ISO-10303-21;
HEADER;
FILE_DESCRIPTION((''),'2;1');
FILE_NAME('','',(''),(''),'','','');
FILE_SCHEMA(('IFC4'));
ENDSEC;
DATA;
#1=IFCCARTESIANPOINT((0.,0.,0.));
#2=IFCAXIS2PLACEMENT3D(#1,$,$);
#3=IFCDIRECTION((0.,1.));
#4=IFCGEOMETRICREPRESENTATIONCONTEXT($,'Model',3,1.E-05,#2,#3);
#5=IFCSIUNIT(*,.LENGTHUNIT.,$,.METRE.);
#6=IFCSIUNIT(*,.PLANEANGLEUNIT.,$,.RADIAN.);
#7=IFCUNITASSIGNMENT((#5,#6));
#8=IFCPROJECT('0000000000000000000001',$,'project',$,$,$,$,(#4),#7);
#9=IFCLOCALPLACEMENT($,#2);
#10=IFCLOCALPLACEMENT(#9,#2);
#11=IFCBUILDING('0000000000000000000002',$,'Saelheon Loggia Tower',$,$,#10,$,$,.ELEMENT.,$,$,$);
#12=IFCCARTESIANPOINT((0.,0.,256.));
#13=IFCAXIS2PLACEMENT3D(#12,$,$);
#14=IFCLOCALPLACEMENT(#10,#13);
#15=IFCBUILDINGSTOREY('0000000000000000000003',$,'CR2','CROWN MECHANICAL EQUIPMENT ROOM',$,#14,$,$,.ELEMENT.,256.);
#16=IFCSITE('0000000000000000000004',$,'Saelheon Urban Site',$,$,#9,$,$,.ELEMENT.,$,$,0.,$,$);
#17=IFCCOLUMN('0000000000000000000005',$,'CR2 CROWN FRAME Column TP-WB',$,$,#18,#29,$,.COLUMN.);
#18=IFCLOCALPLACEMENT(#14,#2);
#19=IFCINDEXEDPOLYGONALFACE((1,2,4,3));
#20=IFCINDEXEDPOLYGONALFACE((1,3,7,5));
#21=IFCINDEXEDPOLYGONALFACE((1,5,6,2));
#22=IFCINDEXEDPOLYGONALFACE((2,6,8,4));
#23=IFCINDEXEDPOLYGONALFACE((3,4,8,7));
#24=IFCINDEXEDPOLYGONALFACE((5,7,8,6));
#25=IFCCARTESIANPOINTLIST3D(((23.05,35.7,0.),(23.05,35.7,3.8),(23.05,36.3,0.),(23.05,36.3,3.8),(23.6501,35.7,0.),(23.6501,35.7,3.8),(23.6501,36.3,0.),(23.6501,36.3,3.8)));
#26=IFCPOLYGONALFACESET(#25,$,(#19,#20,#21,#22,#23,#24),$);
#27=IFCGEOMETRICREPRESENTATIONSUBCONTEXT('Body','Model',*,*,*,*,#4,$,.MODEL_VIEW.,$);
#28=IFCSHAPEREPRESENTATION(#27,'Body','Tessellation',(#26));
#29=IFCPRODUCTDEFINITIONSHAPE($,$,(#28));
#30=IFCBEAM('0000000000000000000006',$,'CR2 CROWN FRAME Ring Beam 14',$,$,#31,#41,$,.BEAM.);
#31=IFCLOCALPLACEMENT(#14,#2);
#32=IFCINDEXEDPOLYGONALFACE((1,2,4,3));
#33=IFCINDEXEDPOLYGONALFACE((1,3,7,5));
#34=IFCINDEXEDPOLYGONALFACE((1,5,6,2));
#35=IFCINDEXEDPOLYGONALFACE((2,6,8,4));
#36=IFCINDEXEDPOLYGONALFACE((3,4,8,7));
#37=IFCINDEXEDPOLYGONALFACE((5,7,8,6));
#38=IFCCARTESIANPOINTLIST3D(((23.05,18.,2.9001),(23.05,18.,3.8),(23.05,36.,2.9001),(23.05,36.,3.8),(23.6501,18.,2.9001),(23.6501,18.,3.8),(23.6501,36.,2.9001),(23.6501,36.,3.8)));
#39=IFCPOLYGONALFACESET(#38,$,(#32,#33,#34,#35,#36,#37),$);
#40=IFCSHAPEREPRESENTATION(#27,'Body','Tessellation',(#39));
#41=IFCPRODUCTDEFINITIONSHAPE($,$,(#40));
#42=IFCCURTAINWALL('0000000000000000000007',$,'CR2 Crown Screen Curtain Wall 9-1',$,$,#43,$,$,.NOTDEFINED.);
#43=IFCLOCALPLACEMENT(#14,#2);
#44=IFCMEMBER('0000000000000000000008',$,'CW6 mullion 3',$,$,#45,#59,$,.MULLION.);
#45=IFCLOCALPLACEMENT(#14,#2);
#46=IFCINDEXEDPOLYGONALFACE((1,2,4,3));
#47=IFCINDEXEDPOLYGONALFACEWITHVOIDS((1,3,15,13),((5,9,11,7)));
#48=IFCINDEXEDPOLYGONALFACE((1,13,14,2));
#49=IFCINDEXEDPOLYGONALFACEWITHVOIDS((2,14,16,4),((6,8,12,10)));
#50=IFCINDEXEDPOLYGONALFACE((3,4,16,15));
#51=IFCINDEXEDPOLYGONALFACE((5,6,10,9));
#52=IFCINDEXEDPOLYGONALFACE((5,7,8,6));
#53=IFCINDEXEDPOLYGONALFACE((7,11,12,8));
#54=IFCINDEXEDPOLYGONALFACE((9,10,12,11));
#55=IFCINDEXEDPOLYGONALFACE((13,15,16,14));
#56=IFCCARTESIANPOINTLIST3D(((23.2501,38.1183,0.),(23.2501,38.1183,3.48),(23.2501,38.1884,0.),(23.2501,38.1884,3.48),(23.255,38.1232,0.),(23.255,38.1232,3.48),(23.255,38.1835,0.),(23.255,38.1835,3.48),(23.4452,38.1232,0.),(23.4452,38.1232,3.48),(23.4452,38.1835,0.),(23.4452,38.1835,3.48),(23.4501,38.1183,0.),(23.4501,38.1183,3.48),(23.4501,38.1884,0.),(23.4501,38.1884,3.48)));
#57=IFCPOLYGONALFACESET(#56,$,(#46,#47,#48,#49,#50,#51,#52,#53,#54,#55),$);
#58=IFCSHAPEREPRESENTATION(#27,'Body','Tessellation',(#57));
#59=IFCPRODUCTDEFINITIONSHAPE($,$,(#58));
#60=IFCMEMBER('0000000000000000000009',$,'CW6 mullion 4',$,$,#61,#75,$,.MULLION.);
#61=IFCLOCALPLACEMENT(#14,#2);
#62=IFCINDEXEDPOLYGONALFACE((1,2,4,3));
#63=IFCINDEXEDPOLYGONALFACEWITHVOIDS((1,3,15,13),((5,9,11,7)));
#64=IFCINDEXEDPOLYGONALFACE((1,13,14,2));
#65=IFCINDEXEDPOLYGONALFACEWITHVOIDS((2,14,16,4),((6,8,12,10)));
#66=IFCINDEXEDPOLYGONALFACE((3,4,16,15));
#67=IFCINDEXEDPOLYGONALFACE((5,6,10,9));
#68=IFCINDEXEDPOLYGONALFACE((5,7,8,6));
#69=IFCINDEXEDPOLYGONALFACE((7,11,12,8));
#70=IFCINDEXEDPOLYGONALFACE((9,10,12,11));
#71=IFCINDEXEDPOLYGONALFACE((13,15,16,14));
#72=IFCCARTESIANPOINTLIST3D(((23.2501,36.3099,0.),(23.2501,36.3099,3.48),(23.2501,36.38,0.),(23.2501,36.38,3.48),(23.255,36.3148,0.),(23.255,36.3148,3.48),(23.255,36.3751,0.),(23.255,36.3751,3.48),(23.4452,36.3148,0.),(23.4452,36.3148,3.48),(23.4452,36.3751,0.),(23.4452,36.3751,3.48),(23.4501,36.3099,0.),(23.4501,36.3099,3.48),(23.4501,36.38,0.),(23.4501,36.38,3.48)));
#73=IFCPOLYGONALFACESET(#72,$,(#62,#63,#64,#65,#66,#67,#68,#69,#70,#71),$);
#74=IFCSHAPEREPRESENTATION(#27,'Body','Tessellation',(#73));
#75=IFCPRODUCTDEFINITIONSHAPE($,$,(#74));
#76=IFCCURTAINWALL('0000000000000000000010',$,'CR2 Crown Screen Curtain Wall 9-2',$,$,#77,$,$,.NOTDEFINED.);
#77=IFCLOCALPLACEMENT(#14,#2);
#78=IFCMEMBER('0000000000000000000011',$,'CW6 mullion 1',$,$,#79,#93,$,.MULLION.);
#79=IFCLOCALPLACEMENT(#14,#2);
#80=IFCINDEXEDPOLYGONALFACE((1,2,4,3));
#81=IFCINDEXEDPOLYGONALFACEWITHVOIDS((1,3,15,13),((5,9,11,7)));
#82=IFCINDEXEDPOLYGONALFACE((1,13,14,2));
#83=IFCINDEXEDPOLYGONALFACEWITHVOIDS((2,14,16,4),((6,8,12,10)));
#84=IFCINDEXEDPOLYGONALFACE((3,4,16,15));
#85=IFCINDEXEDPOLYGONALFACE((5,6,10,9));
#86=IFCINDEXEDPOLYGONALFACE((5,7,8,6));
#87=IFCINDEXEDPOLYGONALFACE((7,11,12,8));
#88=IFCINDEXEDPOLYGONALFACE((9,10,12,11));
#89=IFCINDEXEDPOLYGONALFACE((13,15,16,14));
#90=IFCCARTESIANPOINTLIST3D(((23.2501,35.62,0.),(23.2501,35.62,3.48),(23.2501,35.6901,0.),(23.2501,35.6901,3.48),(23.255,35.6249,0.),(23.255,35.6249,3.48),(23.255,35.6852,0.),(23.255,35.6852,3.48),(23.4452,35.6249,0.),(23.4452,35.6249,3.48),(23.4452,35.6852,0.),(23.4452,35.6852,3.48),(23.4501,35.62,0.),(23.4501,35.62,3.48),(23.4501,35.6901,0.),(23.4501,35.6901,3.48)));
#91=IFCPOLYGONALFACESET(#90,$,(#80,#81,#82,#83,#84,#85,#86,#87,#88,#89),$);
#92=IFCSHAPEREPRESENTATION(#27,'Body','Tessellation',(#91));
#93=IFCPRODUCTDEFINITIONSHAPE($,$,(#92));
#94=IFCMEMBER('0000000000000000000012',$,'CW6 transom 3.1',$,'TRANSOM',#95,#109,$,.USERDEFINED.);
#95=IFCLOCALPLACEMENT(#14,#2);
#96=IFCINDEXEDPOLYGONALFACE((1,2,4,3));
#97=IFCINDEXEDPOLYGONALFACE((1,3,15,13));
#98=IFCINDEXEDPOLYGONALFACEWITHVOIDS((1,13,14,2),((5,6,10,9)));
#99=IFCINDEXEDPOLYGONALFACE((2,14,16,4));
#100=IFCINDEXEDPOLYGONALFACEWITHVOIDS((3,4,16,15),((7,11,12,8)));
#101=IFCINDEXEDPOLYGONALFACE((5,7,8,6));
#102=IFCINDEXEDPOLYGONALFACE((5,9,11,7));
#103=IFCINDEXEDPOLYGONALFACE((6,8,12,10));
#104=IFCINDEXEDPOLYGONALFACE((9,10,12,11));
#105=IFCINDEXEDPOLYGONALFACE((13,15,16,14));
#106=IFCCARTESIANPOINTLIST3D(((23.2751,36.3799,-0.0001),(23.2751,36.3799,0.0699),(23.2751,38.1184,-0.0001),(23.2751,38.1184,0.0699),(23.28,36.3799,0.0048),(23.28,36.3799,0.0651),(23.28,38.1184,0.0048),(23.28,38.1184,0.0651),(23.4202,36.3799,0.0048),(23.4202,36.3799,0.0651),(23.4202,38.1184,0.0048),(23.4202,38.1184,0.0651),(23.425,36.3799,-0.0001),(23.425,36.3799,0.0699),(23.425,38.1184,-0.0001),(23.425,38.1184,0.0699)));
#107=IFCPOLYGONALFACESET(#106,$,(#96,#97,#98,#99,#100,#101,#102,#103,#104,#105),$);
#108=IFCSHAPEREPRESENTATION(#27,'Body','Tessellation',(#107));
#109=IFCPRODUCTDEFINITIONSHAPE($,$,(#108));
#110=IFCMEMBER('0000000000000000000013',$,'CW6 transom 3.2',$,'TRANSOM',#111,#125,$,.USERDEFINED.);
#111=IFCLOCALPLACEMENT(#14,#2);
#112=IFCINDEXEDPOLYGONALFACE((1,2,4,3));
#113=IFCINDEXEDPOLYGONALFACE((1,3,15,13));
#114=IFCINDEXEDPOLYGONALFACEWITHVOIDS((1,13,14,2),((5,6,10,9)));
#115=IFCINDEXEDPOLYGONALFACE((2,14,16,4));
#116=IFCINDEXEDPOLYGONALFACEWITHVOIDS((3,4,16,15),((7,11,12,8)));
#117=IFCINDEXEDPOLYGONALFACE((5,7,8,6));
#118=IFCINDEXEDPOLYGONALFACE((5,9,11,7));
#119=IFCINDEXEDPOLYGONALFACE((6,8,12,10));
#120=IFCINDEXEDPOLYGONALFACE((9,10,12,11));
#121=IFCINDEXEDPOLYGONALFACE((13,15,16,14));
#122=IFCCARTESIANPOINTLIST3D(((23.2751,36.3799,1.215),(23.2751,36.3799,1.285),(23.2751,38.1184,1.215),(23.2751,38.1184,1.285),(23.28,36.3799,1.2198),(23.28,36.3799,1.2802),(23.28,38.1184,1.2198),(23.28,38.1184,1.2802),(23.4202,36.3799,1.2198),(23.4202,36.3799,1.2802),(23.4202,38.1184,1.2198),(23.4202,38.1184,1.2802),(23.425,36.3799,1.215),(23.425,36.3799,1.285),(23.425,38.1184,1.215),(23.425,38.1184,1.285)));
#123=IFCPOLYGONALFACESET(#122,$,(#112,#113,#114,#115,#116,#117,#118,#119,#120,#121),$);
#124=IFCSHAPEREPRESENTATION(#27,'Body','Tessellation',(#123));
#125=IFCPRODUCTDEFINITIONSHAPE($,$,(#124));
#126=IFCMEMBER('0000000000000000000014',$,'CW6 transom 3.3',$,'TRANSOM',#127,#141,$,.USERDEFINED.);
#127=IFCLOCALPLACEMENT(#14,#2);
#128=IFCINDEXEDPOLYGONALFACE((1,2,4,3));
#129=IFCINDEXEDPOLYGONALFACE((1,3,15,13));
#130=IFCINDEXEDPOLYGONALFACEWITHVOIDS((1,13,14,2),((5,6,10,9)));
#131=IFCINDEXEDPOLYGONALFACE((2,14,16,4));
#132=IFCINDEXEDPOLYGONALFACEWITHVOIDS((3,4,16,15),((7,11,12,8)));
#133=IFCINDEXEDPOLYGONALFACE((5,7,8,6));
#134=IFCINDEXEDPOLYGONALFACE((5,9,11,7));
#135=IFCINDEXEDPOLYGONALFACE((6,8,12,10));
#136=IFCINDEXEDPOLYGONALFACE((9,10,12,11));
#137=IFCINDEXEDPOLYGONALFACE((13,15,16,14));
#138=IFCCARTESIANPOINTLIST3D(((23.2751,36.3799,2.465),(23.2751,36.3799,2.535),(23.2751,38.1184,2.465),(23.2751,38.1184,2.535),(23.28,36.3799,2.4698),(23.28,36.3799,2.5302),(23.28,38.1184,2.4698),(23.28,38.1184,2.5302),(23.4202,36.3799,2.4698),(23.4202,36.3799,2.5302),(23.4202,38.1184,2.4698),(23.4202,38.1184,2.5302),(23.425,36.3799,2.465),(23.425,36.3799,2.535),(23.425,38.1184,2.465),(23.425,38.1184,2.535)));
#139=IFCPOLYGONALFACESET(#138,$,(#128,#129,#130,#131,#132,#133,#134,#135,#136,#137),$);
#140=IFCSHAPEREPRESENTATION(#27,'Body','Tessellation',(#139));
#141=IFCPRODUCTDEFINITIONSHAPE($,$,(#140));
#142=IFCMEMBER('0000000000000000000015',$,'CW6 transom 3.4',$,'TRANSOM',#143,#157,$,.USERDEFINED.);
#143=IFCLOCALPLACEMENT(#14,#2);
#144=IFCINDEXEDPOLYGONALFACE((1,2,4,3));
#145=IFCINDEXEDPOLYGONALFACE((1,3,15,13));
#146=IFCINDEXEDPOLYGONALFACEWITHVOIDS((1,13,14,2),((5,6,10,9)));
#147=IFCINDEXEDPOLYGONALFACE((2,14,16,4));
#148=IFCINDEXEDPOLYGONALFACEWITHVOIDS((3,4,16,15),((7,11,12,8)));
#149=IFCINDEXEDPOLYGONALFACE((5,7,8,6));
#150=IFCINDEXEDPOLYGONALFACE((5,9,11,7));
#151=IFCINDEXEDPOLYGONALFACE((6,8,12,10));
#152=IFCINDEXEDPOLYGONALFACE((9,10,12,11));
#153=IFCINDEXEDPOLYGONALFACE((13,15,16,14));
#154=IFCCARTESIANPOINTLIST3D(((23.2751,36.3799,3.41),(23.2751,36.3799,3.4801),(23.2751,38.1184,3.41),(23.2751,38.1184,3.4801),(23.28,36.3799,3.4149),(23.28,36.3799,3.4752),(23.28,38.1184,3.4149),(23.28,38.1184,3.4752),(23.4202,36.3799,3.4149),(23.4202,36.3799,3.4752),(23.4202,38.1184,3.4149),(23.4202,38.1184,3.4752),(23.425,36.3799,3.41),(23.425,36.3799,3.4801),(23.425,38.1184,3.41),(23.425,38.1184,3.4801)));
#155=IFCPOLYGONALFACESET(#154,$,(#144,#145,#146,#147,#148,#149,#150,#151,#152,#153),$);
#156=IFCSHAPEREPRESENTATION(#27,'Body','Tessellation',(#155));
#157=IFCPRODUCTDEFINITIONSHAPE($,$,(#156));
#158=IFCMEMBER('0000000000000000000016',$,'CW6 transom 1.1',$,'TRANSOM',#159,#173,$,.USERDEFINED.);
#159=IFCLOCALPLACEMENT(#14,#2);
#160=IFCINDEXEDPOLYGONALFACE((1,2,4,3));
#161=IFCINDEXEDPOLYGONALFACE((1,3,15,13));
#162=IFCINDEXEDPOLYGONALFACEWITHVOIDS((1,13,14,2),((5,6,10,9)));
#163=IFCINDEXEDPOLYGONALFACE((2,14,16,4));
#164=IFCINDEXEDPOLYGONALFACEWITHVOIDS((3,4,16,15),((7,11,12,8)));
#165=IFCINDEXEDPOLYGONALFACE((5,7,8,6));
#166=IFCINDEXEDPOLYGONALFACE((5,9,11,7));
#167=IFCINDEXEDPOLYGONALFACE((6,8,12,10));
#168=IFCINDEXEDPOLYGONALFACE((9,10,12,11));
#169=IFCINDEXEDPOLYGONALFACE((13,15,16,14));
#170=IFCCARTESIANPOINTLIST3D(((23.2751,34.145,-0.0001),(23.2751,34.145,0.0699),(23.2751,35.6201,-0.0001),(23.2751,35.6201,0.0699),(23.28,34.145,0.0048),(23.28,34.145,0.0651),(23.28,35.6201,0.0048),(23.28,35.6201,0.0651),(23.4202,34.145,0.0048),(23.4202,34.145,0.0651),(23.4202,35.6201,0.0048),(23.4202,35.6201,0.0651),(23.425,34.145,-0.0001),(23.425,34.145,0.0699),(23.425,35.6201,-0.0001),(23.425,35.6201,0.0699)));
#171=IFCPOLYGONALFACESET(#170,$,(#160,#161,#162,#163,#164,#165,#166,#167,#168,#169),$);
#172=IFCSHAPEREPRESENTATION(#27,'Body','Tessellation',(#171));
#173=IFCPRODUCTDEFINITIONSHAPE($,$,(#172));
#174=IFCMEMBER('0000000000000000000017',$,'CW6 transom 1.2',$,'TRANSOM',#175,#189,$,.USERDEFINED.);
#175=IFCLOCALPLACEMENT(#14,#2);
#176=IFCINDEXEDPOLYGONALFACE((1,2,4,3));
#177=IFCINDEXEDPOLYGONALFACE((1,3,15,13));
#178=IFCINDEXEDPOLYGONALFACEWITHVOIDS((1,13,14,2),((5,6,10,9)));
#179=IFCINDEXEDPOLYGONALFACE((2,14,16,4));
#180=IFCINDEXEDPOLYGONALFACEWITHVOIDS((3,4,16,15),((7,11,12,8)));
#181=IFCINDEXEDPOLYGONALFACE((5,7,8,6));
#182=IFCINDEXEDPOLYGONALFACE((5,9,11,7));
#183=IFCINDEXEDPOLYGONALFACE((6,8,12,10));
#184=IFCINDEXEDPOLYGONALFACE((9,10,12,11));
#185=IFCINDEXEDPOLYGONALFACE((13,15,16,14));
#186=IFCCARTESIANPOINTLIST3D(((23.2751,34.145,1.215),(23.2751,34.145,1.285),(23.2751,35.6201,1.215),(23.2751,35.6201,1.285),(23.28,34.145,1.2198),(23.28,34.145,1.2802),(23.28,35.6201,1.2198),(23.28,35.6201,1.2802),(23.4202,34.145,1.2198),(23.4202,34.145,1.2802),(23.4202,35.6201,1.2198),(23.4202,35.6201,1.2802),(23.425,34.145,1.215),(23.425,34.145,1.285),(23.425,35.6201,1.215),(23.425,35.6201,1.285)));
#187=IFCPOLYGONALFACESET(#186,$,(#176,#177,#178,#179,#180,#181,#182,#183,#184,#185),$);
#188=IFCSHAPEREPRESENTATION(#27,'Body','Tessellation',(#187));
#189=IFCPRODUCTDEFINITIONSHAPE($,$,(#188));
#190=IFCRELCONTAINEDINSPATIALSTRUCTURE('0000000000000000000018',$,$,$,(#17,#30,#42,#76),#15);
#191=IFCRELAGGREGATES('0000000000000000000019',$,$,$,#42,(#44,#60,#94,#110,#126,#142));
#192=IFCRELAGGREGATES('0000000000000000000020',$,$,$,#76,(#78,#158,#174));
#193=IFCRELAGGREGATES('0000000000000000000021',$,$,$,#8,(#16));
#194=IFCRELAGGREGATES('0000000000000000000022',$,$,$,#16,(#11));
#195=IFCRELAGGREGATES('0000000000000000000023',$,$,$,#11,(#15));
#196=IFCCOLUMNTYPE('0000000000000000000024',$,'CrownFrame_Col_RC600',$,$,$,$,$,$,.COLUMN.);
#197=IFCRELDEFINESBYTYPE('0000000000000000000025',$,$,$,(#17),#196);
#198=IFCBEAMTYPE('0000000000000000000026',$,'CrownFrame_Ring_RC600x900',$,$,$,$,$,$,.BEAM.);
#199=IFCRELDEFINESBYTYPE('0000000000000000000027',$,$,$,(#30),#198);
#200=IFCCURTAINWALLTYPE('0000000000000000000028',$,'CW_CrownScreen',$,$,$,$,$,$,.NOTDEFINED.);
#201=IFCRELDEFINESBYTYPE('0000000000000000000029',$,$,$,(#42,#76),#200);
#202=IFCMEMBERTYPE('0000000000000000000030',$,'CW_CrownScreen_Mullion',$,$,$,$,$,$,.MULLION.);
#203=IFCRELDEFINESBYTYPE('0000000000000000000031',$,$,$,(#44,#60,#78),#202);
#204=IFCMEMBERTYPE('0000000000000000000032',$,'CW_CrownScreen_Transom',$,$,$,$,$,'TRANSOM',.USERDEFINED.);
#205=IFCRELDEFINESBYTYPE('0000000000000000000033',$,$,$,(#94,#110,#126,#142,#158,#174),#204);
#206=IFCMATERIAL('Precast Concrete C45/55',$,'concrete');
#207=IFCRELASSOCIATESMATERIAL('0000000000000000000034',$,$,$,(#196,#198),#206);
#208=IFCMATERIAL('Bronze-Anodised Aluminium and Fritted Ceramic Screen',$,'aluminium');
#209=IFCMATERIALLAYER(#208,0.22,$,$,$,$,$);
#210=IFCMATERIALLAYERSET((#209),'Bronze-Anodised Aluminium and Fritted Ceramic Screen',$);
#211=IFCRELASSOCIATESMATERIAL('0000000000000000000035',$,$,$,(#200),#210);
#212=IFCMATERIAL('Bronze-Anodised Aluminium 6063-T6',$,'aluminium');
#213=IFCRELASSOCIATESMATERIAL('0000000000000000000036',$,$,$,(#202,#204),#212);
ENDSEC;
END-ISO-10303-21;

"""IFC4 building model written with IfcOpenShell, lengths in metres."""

from ifc_helpers import new_model, si_unit, direction, frame, origin, origin_2d, place, context, subcontext, project, spatial, rectangle, hollow_rectangle, extrude, source, transform, mapped, material, layer, layer_set, material_profile, profile_set, type_object, element, aggregate, save


model = new_model("IFC4")

# Units and contexts
model_context = context("Model", 3, precision=1e-05, world=origin(), true_north=direction((0.0, 1.0)))
body_context = subcontext(model_context, "Body", "Model", "MODEL_VIEW")
ifc_project = project(units=[si_unit("LENGTHUNIT", "METRE"), si_unit("PLANEANGLEUNIT", "RADIAN")], contexts=[model_context])

# Site, building, storey
site_placement = place(None, origin())
site = spatial("IfcSite", under=ifc_project, at=site_placement, Name="Saelheon Urban Site", CompositionType="ELEMENT", RefElevation=0.0)
building_placement = place(site_placement, origin())
building = spatial("IfcBuilding", under=site, at=building_placement, Name="Saelheon Loggia Tower", CompositionType="ELEMENT")
storey_placement = place(building_placement, frame((0.0, 0.0, 256.0)))
storey = spatial("IfcBuildingStorey", under=building, at=storey_placement, Name="CR2", Description="CROWN MECHANICAL EQUIPMENT ROOM", CompositionType="ELEMENT", Elevation=256.0)

# Column
ifc_material_1 = material(Name="Precast Concrete C45/55", Category="concrete")
ifc_material_profile_1 = material_profile(ifc_material_1, rectangle(XDim=0.6001, YDim=0.6001, at=origin_2d()), Name="RC-600x600")
ifc_profile_set_1 = profile_set([ifc_material_profile_1], Name="Precast Concrete C45/55")
column_type = type_object("IfcColumnType", Name="CrownFrame_Col_RC600", PredefinedType="COLUMN", material=ifc_profile_set_1)
shared_shape_1 = source(origin(), body_context, "Body", "SweptSolid", [
    extrude(rectangle(XDim=0.6001, YDim=0.6001, at=origin_2d()), origin(), (0.0, 0.0, 1.0), 3.8),
])
column_placement = place(storey_placement, frame((23.3501, 36.0, 0.0), z_axis=(0.0, 0.0, 1.0), x_axis=(1.0, 0.0, 0.0)))
element("IfcColumn", 1, at=column_placement, inside=storey, type_object=column_type, Name="CR2 CROWN FRAME Column TP-WB", PredefinedType="COLUMN", context=body_context, shape_type="MappedRepresentation", body=[
    mapped(shared_shape_1, transform((0.0, 0.0, 0.0), scale=1.0)),
])

# Beam
ifc_material_profile_2 = material_profile(ifc_material_1, rectangle(XDim=0.6001, YDim=0.8999, at=origin_2d()), Name="RC-600x900")
ifc_profile_set_2 = profile_set([ifc_material_profile_2], Name="Precast Concrete C45/55")
beam_type = type_object("IfcBeamType", Name="CrownFrame_Ring_RC600x900", PredefinedType="BEAM", material=ifc_profile_set_2)
shared_shape_2 = source(origin(), body_context, "Body", "SweptSolid", [
    extrude(rectangle(XDim=0.6001, YDim=0.8999, at=origin_2d()), origin(), (0.0, 0.0, 1.0), 18.0),
])
beam_placement = place(storey_placement, frame((23.3501, 36.0, 3.3501), z_axis=(0.0, -1.0, 0.0), x_axis=(1.0, 0.0, 0.0)))
element("IfcBeam", 2, at=beam_placement, inside=storey, type_object=beam_type, Name="CR2 CROWN FRAME Ring Beam 14", PredefinedType="BEAM", context=body_context, shape_type="MappedRepresentation", body=[
    mapped(shared_shape_2, transform((0.0, 0.0, 0.0), scale=1.0)),
])

# Curtain wall, members
ifc_material_2 = material(Name="Bronze-Anodised Aluminium and Fritted Ceramic Screen", Category="aluminium")
ifc_layer_1 = layer(ifc_material_2, 0.22)
ifc_layer_set_1 = layer_set([ifc_layer_1], Name="Bronze-Anodised Aluminium and Fritted Ceramic Screen")
curtain_wall_type = type_object("IfcCurtainWallType", Name="CW_CrownScreen", PredefinedType="NOTDEFINED", material=ifc_layer_set_1)
curtain_wall_1_placement = place(storey_placement, origin())
curtain_wall_1 = element("IfcCurtainWall", 3, at=curtain_wall_1_placement, inside=storey, type_object=curtain_wall_type, Name="CR2 Crown Screen Curtain Wall 9-1", PredefinedType="NOTDEFINED")
ifc_material_3 = material(Name="Bronze-Anodised Aluminium 6063-T6", Category="aluminium")
ifc_material_profile_3 = material_profile(ifc_material_3, hollow_rectangle(XDim=0.0701, YDim=0.2, WallThickness=0.0049, at=origin_2d()), Name="RHS-200x70x5")
ifc_profile_set_3 = profile_set([ifc_material_profile_3], Name="Bronze-Anodised Aluminium 6063-T6")
member_type_1 = type_object("IfcMemberType", Name="CW_CrownScreen_Mullion", PredefinedType="MULLION", material=ifc_profile_set_3)
shared_shape_3 = source(origin(), body_context, "Body", "SweptSolid", [
    extrude(hollow_rectangle(XDim=0.0701, YDim=0.2, WallThickness=0.0049, at=origin_2d()), origin(), (0.0, 0.0, 1.0), 3.48),
])
member_1_placement = place(storey_placement, frame((23.3501, 38.1533, 0.0), z_axis=(0.0, 0.0, 1.0), x_axis=(0.0, -1.0, 0.0)))
member_1 = element("IfcMember", 4, at=member_1_placement, type_object=member_type_1, Name="CW6 mullion 3", PredefinedType="MULLION", context=body_context, shape_type="MappedRepresentation", body=[
    mapped(shared_shape_3, transform((0.0, 0.0, 0.0), scale=1.0)),
])
member_2_placement = place(storey_placement, frame((23.3501, 36.345, 0.0), z_axis=(0.0, 0.0, 1.0), x_axis=(0.0, -1.0, 0.0)))
member_2 = element("IfcMember", 5, at=member_2_placement, type_object=member_type_1, Name="CW6 mullion 4", PredefinedType="MULLION", context=body_context, shape_type="MappedRepresentation", body=[
    mapped(shared_shape_3, transform((0.0, 0.0, 0.0), scale=1.0)),
])

# Curtain wall, member
curtain_wall_2_placement = place(storey_placement, origin())
curtain_wall_2 = element("IfcCurtainWall", 6, at=curtain_wall_2_placement, inside=storey, type_object=curtain_wall_type, Name="CR2 Crown Screen Curtain Wall 9-2", PredefinedType="NOTDEFINED")
member_3_placement = place(storey_placement, frame((23.3501, 35.655, 0.0), z_axis=(0.0, 0.0, 1.0), x_axis=(0.0, -1.0, 0.0)))
member_3 = element("IfcMember", 7, at=member_3_placement, type_object=member_type_1, Name="CW6 mullion 1", PredefinedType="MULLION", context=body_context, shape_type="MappedRepresentation", body=[
    mapped(shared_shape_3, transform((0.0, 0.0, 0.0), scale=1.0)),
])

# Members
ifc_material_profile_4 = material_profile(ifc_material_3, hollow_rectangle(XDim=0.0701, YDim=0.1499, WallThickness=0.0049, at=origin_2d()), Name="RHS-150x70x5")
ifc_profile_set_4 = profile_set([ifc_material_profile_4], Name="Bronze-Anodised Aluminium 6063-T6")
member_type_2 = type_object("IfcMemberType", Name="CW_CrownScreen_Transom", ElementType="TRANSOM", PredefinedType="USERDEFINED", material=ifc_profile_set_4)
shared_shape_4 = source(origin(), body_context, "Body", "SweptSolid", [
    extrude(hollow_rectangle(XDim=0.0701, YDim=0.1499, WallThickness=0.0049, at=origin_2d()), origin(), (0.0, 0.0, 1.0), 1.7385),
])
member_4_placement = place(storey_placement, frame((23.3501, 38.1184, 0.0349), z_axis=(0.0, -1.0, 0.0), x_axis=(0.0, 0.0, 1.0)))
member_4 = element("IfcMember", 8, at=member_4_placement, type_object=member_type_2, Name="CW6 transom 3.1", ObjectType="TRANSOM", PredefinedType="USERDEFINED", context=body_context, shape_type="MappedRepresentation", body=[
    mapped(shared_shape_4, transform((0.0, 0.0, 0.0), scale=1.0)),
])
member_5_placement = place(storey_placement, frame((23.3501, 38.1184, 1.25), z_axis=(0.0, -1.0, 0.0), x_axis=(0.0, 0.0, 1.0)))
member_5 = element("IfcMember", 9, at=member_5_placement, type_object=member_type_2, Name="CW6 transom 3.2", ObjectType="TRANSOM", PredefinedType="USERDEFINED", context=body_context, shape_type="MappedRepresentation", body=[
    mapped(shared_shape_4, transform((0.0, 0.0, 0.0), scale=1.0)),
])
member_6_placement = place(storey_placement, frame((23.3501, 38.1184, 2.5), z_axis=(0.0, -1.0, 0.0), x_axis=(0.0, 0.0, 1.0)))
member_6 = element("IfcMember", 10, at=member_6_placement, type_object=member_type_2, Name="CW6 transom 3.3", ObjectType="TRANSOM", PredefinedType="USERDEFINED", context=body_context, shape_type="MappedRepresentation", body=[
    mapped(shared_shape_4, transform((0.0, 0.0, 0.0), scale=1.0)),
])
member_7_placement = place(storey_placement, frame((23.3501, 38.1184, 3.4451), z_axis=(0.0, -1.0, 0.0), x_axis=(0.0, 0.0, 1.0)))
member_7 = element("IfcMember", 11, at=member_7_placement, type_object=member_type_2, Name="CW6 transom 3.4", ObjectType="TRANSOM", PredefinedType="USERDEFINED", context=body_context, shape_type="MappedRepresentation", body=[
    mapped(shared_shape_4, transform((0.0, 0.0, 0.0), scale=1.0)),
])
shared_shape_5 = source(origin(), body_context, "Body", "SweptSolid", [
    extrude(hollow_rectangle(XDim=0.0701, YDim=0.1499, WallThickness=0.0049, at=origin_2d()), origin(), (0.0, 0.0, 1.0), 1.4751),
])
member_8_placement = place(storey_placement, frame((23.3501, 35.6201, 0.0349), z_axis=(0.0, -1.0, 0.0), x_axis=(0.0, 0.0, 1.0)))
member_8 = element("IfcMember", 12, at=member_8_placement, type_object=member_type_2, Name="CW6 transom 1.1", ObjectType="TRANSOM", PredefinedType="USERDEFINED", context=body_context, shape_type="MappedRepresentation", body=[
    mapped(shared_shape_5, transform((0.0, 0.0, 0.0), scale=1.0)),
])
member_9_placement = place(storey_placement, frame((23.3501, 35.6201, 1.25), z_axis=(0.0, -1.0, 0.0), x_axis=(0.0, 0.0, 1.0)))
member_9 = element("IfcMember", 13, at=member_9_placement, type_object=member_type_2, Name="CW6 transom 1.2", ObjectType="TRANSOM", PredefinedType="USERDEFINED", context=body_context, shape_type="MappedRepresentation", body=[
    mapped(shared_shape_5, transform((0.0, 0.0, 0.0), scale=1.0)),
])

aggregate(curtain_wall_1, [member_1, member_2, member_4, member_5, member_6, member_7])
aggregate(curtain_wall_2, [member_3, member_8, member_9])

save(model, "model.ifc")
